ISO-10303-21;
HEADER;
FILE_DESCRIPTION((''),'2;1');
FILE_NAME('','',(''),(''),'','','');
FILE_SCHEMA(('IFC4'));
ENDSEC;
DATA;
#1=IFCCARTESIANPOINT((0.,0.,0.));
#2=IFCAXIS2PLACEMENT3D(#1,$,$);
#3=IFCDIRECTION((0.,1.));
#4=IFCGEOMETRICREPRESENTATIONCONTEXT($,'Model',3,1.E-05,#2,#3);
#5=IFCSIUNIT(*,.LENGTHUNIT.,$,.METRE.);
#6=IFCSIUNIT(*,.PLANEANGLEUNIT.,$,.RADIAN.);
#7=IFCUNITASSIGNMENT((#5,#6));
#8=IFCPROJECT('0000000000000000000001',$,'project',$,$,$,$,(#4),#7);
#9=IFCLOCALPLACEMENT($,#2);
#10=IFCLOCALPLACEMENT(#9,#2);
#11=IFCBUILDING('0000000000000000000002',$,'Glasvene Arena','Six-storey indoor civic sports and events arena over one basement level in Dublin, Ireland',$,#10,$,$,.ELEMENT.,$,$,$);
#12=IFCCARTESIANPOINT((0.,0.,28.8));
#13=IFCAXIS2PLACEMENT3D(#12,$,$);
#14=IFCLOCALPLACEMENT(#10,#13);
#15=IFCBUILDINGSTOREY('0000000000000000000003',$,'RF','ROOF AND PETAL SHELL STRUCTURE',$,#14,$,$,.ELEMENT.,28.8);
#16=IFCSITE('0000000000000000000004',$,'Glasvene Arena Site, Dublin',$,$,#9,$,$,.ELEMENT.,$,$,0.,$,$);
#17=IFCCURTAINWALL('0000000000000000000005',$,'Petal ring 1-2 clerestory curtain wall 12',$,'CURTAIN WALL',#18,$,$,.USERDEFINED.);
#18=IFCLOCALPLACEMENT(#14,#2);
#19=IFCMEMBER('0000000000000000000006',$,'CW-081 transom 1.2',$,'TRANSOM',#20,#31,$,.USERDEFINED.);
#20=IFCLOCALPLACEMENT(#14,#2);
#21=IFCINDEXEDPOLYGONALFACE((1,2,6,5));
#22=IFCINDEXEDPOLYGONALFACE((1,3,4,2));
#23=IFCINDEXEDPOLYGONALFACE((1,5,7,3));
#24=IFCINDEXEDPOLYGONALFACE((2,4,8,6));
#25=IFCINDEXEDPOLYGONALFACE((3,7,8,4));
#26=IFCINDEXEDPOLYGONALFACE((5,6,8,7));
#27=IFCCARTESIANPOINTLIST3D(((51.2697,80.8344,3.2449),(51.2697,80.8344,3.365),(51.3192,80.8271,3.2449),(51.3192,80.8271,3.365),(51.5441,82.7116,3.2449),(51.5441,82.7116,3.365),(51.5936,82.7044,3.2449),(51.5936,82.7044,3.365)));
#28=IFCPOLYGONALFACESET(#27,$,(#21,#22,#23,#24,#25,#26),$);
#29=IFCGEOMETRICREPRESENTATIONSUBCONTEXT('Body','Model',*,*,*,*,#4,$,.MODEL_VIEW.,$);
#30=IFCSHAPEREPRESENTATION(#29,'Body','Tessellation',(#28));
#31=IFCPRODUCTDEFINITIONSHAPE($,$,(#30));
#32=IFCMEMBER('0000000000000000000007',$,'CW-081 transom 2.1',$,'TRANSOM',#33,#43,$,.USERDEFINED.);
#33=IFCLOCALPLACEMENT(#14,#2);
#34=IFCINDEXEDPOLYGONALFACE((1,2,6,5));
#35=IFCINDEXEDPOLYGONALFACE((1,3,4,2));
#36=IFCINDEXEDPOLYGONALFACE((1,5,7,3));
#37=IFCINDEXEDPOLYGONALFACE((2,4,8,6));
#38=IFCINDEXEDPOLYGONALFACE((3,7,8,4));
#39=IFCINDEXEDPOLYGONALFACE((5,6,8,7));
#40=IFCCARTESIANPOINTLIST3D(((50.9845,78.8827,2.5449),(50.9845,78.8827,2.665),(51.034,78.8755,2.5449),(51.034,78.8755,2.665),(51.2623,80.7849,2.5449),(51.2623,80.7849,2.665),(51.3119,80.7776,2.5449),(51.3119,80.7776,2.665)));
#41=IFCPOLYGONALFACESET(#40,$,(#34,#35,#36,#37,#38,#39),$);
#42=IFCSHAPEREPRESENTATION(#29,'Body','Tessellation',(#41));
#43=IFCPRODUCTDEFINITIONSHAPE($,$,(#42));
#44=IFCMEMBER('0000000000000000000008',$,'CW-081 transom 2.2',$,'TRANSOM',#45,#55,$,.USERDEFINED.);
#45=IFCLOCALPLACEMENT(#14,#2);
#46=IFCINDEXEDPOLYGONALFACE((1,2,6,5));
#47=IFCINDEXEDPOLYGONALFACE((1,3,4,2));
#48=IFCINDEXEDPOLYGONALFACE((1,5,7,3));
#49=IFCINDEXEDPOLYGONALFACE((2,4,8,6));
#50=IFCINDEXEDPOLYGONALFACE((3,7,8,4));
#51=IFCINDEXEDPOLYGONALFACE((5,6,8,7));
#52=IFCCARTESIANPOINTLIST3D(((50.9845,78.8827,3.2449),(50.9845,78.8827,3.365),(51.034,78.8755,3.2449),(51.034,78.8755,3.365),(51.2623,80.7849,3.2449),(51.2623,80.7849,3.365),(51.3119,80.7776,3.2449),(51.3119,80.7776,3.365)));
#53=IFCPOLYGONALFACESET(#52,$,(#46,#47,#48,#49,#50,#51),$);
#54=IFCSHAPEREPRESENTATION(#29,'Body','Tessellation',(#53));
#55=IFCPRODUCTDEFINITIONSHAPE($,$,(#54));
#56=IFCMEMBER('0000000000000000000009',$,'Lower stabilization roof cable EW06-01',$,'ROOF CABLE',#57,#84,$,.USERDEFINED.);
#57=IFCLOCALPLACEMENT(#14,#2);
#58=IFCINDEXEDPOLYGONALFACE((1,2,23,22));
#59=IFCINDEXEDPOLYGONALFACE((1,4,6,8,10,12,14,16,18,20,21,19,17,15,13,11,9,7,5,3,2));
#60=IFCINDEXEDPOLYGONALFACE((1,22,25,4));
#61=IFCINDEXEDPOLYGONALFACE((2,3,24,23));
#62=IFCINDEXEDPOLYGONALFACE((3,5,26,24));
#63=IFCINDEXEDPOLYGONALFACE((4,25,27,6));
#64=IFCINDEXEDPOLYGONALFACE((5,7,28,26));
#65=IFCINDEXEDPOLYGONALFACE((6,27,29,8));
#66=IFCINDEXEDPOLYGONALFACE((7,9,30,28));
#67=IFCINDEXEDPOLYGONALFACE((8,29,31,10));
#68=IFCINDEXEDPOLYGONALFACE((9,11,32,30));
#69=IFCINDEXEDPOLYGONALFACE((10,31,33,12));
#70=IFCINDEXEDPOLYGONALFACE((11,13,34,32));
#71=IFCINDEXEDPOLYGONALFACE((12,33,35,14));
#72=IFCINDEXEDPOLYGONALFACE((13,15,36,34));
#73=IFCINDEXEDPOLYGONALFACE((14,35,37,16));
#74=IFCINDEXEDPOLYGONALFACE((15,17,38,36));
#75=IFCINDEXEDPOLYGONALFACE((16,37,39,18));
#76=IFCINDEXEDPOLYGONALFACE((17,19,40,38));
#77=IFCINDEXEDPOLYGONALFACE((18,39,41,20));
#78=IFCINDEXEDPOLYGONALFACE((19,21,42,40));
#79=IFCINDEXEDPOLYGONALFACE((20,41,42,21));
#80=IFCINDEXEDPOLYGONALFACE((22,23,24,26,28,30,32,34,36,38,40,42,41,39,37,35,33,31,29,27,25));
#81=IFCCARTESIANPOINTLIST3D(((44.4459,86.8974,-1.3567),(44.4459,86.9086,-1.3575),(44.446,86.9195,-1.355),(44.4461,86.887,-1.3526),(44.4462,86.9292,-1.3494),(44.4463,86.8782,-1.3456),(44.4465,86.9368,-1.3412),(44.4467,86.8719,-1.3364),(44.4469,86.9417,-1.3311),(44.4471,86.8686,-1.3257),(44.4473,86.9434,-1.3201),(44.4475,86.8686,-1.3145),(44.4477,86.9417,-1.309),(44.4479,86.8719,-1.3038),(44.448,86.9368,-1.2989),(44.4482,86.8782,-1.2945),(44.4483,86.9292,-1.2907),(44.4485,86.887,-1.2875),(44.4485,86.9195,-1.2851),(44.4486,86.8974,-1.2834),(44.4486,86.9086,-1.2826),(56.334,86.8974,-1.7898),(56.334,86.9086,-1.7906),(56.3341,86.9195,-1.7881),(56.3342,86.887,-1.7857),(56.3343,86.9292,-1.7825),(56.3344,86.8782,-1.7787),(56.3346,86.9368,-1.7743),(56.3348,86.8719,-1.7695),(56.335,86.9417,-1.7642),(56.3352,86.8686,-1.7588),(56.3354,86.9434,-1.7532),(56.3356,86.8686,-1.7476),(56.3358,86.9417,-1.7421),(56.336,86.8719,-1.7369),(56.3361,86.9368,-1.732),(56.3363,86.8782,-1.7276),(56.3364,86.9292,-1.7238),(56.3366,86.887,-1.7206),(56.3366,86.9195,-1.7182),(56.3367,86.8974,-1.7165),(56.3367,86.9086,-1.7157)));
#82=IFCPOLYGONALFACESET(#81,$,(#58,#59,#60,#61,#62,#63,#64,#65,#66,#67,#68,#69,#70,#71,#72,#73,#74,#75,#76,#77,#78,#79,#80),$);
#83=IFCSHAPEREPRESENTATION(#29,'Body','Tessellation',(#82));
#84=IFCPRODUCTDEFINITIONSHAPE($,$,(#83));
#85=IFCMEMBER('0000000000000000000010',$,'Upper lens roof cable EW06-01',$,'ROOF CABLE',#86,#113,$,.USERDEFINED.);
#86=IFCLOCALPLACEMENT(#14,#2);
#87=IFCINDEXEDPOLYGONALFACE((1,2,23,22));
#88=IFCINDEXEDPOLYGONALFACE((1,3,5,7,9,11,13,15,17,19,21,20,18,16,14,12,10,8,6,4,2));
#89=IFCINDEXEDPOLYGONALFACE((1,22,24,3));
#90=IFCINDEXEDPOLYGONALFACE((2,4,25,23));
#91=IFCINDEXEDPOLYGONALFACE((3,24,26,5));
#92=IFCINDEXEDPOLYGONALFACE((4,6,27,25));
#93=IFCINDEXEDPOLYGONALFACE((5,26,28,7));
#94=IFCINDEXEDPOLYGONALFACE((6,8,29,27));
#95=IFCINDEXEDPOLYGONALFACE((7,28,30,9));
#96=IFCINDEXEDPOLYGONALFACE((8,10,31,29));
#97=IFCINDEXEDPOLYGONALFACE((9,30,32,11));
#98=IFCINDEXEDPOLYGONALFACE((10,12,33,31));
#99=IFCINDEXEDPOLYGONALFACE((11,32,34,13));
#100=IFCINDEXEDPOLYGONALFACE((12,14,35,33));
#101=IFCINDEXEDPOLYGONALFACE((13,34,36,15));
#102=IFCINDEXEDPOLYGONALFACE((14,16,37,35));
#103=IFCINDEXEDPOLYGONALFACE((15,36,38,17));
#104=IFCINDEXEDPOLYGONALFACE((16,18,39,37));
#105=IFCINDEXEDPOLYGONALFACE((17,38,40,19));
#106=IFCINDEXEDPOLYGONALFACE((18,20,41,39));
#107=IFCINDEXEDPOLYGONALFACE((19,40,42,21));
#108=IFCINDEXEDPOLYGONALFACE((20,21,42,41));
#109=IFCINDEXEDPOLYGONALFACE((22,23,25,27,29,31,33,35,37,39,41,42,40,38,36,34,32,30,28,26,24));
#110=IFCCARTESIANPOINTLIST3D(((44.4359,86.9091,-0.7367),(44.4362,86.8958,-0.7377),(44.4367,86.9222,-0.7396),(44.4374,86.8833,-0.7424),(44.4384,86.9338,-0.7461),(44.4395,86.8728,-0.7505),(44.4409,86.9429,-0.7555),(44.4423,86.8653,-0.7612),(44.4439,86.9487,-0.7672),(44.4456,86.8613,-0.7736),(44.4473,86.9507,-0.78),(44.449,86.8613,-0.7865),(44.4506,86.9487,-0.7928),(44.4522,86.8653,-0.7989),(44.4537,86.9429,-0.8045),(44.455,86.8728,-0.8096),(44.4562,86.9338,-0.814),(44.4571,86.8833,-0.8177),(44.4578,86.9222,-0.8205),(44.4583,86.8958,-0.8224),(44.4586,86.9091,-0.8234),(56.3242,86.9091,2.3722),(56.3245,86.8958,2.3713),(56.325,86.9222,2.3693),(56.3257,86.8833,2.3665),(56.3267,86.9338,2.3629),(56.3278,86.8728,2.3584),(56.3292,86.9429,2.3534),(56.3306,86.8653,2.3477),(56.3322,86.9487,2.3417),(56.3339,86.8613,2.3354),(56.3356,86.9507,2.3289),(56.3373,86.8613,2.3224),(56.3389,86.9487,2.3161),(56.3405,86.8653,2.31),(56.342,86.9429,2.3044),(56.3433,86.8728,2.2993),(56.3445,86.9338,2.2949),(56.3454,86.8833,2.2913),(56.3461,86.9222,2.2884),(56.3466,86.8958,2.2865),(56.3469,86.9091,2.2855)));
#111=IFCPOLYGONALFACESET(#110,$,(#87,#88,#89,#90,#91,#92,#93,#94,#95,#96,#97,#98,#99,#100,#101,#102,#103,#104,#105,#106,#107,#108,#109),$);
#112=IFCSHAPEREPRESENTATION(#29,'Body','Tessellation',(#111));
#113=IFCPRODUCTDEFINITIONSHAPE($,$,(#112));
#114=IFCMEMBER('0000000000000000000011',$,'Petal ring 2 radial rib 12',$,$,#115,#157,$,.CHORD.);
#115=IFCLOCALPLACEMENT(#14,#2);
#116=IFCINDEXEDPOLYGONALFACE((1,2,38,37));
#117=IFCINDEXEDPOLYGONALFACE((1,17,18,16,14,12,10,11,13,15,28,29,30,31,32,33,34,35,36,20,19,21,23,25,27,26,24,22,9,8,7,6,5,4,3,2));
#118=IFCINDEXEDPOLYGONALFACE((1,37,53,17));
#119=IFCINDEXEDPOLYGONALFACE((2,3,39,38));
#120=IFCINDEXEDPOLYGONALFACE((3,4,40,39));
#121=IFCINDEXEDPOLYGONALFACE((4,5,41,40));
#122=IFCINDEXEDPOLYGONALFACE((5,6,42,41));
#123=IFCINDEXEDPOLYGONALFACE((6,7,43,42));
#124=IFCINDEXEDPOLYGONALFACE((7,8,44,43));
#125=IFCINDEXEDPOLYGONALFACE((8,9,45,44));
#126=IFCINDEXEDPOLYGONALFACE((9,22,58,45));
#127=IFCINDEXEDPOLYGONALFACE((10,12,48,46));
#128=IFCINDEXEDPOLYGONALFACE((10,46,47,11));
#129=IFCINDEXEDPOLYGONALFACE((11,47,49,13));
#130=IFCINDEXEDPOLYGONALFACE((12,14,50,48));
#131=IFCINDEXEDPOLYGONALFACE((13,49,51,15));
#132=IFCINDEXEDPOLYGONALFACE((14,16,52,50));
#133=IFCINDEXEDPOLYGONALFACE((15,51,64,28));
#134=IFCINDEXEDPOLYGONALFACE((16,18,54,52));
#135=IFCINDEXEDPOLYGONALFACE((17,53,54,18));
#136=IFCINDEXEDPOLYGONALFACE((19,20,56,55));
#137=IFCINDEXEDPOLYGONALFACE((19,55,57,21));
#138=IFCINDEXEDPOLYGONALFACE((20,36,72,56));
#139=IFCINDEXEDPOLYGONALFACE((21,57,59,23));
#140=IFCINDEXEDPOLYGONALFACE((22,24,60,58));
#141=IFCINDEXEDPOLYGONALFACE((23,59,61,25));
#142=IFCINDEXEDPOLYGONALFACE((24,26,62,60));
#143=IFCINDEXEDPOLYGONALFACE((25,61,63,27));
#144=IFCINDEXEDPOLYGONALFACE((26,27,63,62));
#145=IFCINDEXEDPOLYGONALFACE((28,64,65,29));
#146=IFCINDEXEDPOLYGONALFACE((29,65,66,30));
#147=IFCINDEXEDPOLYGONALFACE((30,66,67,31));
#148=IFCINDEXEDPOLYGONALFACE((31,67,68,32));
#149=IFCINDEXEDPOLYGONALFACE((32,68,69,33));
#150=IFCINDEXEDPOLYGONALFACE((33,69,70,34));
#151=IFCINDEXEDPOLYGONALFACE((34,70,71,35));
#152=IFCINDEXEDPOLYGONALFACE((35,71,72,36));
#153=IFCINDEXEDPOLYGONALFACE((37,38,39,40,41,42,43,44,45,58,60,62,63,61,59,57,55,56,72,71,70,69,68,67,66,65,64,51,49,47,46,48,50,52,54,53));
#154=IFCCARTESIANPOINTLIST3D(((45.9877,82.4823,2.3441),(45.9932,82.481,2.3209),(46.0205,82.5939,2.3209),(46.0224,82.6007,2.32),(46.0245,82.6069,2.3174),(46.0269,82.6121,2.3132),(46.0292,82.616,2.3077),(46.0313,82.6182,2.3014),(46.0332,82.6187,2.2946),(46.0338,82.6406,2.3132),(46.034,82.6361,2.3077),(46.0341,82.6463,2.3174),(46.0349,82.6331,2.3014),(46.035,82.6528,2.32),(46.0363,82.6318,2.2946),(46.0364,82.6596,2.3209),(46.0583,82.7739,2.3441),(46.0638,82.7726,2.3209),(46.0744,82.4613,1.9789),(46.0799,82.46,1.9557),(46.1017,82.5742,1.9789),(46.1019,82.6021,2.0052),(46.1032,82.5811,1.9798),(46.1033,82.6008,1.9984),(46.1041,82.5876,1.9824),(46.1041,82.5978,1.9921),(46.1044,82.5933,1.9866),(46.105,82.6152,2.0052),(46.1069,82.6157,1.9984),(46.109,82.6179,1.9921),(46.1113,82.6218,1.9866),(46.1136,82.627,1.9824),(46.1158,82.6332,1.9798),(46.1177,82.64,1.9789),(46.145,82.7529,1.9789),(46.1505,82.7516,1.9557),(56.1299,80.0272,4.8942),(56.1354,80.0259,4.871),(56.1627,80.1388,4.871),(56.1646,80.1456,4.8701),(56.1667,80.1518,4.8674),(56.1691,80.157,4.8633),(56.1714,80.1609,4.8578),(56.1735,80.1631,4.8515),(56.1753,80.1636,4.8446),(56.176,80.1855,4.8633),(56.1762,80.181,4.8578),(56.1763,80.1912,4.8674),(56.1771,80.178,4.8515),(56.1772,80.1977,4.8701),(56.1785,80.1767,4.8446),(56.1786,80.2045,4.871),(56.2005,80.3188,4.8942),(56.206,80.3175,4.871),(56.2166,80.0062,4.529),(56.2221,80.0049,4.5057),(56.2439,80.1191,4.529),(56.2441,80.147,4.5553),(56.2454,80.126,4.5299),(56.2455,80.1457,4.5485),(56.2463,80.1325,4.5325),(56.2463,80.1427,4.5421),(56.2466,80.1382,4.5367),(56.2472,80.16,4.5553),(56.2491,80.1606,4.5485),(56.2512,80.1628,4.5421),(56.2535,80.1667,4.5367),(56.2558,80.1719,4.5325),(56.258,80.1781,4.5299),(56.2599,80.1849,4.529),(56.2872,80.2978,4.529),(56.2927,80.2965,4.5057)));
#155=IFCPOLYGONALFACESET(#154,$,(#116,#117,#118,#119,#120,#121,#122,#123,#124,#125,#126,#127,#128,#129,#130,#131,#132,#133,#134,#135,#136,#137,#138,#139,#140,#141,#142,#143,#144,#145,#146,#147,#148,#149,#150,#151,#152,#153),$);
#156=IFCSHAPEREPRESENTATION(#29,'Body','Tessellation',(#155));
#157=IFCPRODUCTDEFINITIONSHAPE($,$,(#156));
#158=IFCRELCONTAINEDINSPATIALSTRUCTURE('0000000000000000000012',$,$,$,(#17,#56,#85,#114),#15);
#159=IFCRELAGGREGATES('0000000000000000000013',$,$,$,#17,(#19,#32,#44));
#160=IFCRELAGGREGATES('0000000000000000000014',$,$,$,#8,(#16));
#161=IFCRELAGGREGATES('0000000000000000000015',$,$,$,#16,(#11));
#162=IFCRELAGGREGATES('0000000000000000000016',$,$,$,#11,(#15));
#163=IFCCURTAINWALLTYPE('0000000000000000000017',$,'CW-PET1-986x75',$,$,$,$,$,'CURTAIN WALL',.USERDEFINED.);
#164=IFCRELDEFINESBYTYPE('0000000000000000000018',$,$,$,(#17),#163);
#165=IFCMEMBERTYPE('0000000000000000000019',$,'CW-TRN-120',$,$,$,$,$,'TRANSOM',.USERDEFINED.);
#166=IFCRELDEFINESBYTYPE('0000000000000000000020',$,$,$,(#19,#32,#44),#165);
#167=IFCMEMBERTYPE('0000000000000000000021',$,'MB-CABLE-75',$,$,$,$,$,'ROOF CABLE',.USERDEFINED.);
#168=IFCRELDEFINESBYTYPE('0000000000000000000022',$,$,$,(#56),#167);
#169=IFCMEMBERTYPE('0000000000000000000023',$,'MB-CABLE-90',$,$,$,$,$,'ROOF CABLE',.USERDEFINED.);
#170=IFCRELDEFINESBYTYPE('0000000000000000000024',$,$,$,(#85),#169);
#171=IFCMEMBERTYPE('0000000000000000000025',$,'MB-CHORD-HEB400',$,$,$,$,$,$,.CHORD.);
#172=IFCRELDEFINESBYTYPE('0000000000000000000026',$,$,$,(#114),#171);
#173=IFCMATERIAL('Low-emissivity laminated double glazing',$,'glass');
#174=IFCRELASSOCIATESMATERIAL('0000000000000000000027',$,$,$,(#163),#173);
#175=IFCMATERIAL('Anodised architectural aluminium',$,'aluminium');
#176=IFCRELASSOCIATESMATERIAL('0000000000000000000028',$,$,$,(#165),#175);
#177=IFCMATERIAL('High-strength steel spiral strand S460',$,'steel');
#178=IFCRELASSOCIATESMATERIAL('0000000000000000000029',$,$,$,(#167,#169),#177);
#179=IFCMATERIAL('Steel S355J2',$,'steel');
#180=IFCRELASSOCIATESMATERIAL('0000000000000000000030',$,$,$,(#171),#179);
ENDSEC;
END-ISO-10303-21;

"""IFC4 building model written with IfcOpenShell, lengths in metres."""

from ifc_helpers import new_model, si_unit, direction, frame, origin, origin_2d, place, context, subcontext, project, spatial, rectangle, circle, i_section, extrude, material, material_profile, profile_set, type_object, element, aggregate, save


model = new_model("IFC4")

# Units and contexts
model_context = context("Model", 3, precision=1e-05, world=origin(), true_north=direction((0.0, 1.0)))
body_context = subcontext(model_context, "Body", "Model", "MODEL_VIEW")
ifc_project = project(units=[si_unit("LENGTHUNIT", "METRE"), si_unit("PLANEANGLEUNIT", "RADIAN")], contexts=[model_context])

# Site, building, storey
site_placement = place(None, origin())
site = spatial("IfcSite", under=ifc_project, at=site_placement, Name="Glasvene Arena Site, Dublin", CompositionType="ELEMENT", RefElevation=0.0)
building_placement = place(site_placement, origin())
building = spatial("IfcBuilding", under=site, at=building_placement, Name="Glasvene Arena", Description="Six-storey indoor civic sports and events arena over one basement level in Dublin, Ireland", CompositionType="ELEMENT")
storey_placement = place(building_placement, frame((0.0, 0.0, 28.8)))
storey = spatial("IfcBuildingStorey", under=building, at=storey_placement, Name="RF", Description="ROOF AND PETAL SHELL STRUCTURE", CompositionType="ELEMENT", Elevation=28.8)

# Shared definitions
ifc_material_1 = material(Name="Steel S355J2", Category="steel")

# Curtain wall
ifc_material_2 = material(Name="Low-emissivity laminated double glazing", Category="glass")
ifc_material_3 = material(Name="Anodised architectural aluminium", Category="aluminium")
curtain_wall_type_1 = type_object("IfcCurtainWallType", Name="CW-PET1-986x75", ElementType="CURTAIN WALL", PredefinedType="USERDEFINED", material=ifc_material_2)
curtain_wall_1_placement = place(storey_placement, frame((51.5759, 82.7576, 0.0)))
curtain_wall_1 = element("IfcCurtainWall", 1, at=curtain_wall_1_placement, inside=storey, type_object=curtain_wall_type_1, Name="Petal ring 1-2 clerestory curtain wall 12", ObjectType="CURTAIN WALL", PredefinedType="USERDEFINED")

# Members
ifc_material_profile_1 = material_profile(ifc_material_3, rectangle(XDim=0.05, YDim=0.1201, at=origin_2d()), Name="ALU TRANSOM 50x120")
ifc_profile_set_1 = profile_set([ifc_material_profile_1], Name="Anodised architectural aluminium")
member_type_1 = type_object("IfcMemberType", Name="CW-TRN-120", ElementType="TRANSOM", PredefinedType="USERDEFINED", material=ifc_profile_set_1)
member_1_placement = place(storey_placement, frame((51.5688, 82.708, 3.3049), z_axis=(-0.144646, -0.989484, 0.0), x_axis=(0.989484, -0.144646, 0.0)))
member_1 = element("IfcMember", 2, at=member_1_placement, type_object=member_type_1, Name="CW-081 transom 1.2", ObjectType="TRANSOM", PredefinedType="USERDEFINED", context=body_context, shape_type="SweptSolid", body=[
    extrude(rectangle(XDim=0.05, YDim=0.1201, at=origin_2d()), origin(), (0.0, 0.0, 1.0), 1.8972),
])
member_2_placement = place(storey_placement, frame((51.2871, 80.7812, 2.605), z_axis=(-0.144532, -0.9895, 0.0), x_axis=(0.9895, -0.144532, 0.0)))
member_2 = element("IfcMember", 3, at=member_2_placement, type_object=member_type_1, Name="CW-081 transom 2.1", ObjectType="TRANSOM", PredefinedType="USERDEFINED", context=body_context, shape_type="SweptSolid", body=[
    extrude(rectangle(XDim=0.05, YDim=0.1201, at=origin_2d()), origin(), (0.0, 0.0, 1.0), 1.9224),
])
member_3_placement = place(storey_placement, frame((51.2871, 80.7812, 3.3049), z_axis=(-0.144532, -0.9895, 0.0), x_axis=(0.9895, -0.144532, 0.0)))
member_3 = element("IfcMember", 4, at=member_3_placement, type_object=member_type_1, Name="CW-081 transom 2.2", ObjectType="TRANSOM", PredefinedType="USERDEFINED", context=body_context, shape_type="SweptSolid", body=[
    extrude(rectangle(XDim=0.05, YDim=0.1201, at=origin_2d()), origin(), (0.0, 0.0, 1.0), 1.9224),
])

# Members
ifc_material_4 = material(Name="High-strength steel spiral strand S460", Category="steel")
ifc_material_profile_2 = material_profile(ifc_material_4, circle(Radius=0.0376, at=origin_2d()), Name="LCSS D75")
ifc_profile_set_2 = profile_set([ifc_material_profile_2], Name="High-strength steel spiral strand S460")
member_type_2 = type_object("IfcMemberType", Name="MB-CABLE-75", ElementType="ROOF CABLE", PredefinedType="USERDEFINED", material=ifc_profile_set_2)
member_4_placement = place(storey_placement, frame((44.4473, 86.9058, -1.3201), z_axis=(0.999337, 0.0, -0.036407), x_axis=(0.0, 1.0, 0.0)))
element("IfcMember", 5, at=member_4_placement, inside=storey, type_object=member_type_2, Name="Lower stabilization roof cable EW06-01", ObjectType="ROOF CABLE", PredefinedType="USERDEFINED", context=body_context, shape_type="SweptSolid", body=[
    extrude(circle(Radius=0.0376, at=origin_2d()), origin(), (0.0, 0.0, 1.0), 11.896),
])
ifc_material_profile_3 = material_profile(ifc_material_4, circle(Radius=0.0449, at=origin_2d()), Name="LCSS D90")
ifc_profile_set_3 = profile_set([ifc_material_profile_3], Name="High-strength steel spiral strand S460")
member_type_3 = type_object("IfcMemberType", Name="MB-CABLE-90", ElementType="ROOF CABLE", PredefinedType="USERDEFINED", material=ifc_profile_set_3)
member_5_placement = place(storey_placement, frame((44.4473, 86.9058, -0.78), z_axis=(0.967466, 0.0, 0.253003), x_axis=(0.0, 1.0, 0.0)))
element("IfcMember", 6, at=member_5_placement, inside=storey, type_object=member_type_3, Name="Upper lens roof cable EW06-01", ObjectType="ROOF CABLE", PredefinedType="USERDEFINED", context=body_context, shape_type="SweptSolid", body=[
    extrude(circle(Radius=0.0449, at=origin_2d()), origin(), (0.0, 0.0, 1.0), 12.2881),
])
ifc_material_profile_4 = material_profile(ifc_material_1, i_section(OverallWidth=0.3, OverallDepth=0.3999, WebThickness=0.0134, FlangeThickness=0.0239, FilletRadius=0.0271, at=origin_2d()), Name="HEB 400")
ifc_profile_set_4 = profile_set([ifc_material_profile_4], Name="Steel S355J2")
member_type_4 = type_object("IfcMemberType", Name="MB-CHORD-HEB400", PredefinedType="CHORD", material=ifc_profile_set_4)
member_6_placement = place(storey_placement, frame((46.0691, 82.6169, 2.1499), z_axis=(0.944146, -0.228548, 0.237389), x_axis=(0.235273, 0.971929, 0.0)))
element("IfcMember", 7, at=member_6_placement, inside=storey, type_object=member_type_4, Name="Petal ring 2 radial rib 12", PredefinedType="CHORD", context=body_context, shape_type="SweptSolid", body=[
    extrude(i_section(OverallWidth=0.3, OverallDepth=0.3999, WebThickness=0.0134, FlangeThickness=0.0239, FilletRadius=0.0271, at=origin_2d()), origin(), (0.0, 0.0, 1.0), 10.7422),
])

aggregate(curtain_wall_1, [member_1, member_2, member_3])

save(model, "model.ifc")
